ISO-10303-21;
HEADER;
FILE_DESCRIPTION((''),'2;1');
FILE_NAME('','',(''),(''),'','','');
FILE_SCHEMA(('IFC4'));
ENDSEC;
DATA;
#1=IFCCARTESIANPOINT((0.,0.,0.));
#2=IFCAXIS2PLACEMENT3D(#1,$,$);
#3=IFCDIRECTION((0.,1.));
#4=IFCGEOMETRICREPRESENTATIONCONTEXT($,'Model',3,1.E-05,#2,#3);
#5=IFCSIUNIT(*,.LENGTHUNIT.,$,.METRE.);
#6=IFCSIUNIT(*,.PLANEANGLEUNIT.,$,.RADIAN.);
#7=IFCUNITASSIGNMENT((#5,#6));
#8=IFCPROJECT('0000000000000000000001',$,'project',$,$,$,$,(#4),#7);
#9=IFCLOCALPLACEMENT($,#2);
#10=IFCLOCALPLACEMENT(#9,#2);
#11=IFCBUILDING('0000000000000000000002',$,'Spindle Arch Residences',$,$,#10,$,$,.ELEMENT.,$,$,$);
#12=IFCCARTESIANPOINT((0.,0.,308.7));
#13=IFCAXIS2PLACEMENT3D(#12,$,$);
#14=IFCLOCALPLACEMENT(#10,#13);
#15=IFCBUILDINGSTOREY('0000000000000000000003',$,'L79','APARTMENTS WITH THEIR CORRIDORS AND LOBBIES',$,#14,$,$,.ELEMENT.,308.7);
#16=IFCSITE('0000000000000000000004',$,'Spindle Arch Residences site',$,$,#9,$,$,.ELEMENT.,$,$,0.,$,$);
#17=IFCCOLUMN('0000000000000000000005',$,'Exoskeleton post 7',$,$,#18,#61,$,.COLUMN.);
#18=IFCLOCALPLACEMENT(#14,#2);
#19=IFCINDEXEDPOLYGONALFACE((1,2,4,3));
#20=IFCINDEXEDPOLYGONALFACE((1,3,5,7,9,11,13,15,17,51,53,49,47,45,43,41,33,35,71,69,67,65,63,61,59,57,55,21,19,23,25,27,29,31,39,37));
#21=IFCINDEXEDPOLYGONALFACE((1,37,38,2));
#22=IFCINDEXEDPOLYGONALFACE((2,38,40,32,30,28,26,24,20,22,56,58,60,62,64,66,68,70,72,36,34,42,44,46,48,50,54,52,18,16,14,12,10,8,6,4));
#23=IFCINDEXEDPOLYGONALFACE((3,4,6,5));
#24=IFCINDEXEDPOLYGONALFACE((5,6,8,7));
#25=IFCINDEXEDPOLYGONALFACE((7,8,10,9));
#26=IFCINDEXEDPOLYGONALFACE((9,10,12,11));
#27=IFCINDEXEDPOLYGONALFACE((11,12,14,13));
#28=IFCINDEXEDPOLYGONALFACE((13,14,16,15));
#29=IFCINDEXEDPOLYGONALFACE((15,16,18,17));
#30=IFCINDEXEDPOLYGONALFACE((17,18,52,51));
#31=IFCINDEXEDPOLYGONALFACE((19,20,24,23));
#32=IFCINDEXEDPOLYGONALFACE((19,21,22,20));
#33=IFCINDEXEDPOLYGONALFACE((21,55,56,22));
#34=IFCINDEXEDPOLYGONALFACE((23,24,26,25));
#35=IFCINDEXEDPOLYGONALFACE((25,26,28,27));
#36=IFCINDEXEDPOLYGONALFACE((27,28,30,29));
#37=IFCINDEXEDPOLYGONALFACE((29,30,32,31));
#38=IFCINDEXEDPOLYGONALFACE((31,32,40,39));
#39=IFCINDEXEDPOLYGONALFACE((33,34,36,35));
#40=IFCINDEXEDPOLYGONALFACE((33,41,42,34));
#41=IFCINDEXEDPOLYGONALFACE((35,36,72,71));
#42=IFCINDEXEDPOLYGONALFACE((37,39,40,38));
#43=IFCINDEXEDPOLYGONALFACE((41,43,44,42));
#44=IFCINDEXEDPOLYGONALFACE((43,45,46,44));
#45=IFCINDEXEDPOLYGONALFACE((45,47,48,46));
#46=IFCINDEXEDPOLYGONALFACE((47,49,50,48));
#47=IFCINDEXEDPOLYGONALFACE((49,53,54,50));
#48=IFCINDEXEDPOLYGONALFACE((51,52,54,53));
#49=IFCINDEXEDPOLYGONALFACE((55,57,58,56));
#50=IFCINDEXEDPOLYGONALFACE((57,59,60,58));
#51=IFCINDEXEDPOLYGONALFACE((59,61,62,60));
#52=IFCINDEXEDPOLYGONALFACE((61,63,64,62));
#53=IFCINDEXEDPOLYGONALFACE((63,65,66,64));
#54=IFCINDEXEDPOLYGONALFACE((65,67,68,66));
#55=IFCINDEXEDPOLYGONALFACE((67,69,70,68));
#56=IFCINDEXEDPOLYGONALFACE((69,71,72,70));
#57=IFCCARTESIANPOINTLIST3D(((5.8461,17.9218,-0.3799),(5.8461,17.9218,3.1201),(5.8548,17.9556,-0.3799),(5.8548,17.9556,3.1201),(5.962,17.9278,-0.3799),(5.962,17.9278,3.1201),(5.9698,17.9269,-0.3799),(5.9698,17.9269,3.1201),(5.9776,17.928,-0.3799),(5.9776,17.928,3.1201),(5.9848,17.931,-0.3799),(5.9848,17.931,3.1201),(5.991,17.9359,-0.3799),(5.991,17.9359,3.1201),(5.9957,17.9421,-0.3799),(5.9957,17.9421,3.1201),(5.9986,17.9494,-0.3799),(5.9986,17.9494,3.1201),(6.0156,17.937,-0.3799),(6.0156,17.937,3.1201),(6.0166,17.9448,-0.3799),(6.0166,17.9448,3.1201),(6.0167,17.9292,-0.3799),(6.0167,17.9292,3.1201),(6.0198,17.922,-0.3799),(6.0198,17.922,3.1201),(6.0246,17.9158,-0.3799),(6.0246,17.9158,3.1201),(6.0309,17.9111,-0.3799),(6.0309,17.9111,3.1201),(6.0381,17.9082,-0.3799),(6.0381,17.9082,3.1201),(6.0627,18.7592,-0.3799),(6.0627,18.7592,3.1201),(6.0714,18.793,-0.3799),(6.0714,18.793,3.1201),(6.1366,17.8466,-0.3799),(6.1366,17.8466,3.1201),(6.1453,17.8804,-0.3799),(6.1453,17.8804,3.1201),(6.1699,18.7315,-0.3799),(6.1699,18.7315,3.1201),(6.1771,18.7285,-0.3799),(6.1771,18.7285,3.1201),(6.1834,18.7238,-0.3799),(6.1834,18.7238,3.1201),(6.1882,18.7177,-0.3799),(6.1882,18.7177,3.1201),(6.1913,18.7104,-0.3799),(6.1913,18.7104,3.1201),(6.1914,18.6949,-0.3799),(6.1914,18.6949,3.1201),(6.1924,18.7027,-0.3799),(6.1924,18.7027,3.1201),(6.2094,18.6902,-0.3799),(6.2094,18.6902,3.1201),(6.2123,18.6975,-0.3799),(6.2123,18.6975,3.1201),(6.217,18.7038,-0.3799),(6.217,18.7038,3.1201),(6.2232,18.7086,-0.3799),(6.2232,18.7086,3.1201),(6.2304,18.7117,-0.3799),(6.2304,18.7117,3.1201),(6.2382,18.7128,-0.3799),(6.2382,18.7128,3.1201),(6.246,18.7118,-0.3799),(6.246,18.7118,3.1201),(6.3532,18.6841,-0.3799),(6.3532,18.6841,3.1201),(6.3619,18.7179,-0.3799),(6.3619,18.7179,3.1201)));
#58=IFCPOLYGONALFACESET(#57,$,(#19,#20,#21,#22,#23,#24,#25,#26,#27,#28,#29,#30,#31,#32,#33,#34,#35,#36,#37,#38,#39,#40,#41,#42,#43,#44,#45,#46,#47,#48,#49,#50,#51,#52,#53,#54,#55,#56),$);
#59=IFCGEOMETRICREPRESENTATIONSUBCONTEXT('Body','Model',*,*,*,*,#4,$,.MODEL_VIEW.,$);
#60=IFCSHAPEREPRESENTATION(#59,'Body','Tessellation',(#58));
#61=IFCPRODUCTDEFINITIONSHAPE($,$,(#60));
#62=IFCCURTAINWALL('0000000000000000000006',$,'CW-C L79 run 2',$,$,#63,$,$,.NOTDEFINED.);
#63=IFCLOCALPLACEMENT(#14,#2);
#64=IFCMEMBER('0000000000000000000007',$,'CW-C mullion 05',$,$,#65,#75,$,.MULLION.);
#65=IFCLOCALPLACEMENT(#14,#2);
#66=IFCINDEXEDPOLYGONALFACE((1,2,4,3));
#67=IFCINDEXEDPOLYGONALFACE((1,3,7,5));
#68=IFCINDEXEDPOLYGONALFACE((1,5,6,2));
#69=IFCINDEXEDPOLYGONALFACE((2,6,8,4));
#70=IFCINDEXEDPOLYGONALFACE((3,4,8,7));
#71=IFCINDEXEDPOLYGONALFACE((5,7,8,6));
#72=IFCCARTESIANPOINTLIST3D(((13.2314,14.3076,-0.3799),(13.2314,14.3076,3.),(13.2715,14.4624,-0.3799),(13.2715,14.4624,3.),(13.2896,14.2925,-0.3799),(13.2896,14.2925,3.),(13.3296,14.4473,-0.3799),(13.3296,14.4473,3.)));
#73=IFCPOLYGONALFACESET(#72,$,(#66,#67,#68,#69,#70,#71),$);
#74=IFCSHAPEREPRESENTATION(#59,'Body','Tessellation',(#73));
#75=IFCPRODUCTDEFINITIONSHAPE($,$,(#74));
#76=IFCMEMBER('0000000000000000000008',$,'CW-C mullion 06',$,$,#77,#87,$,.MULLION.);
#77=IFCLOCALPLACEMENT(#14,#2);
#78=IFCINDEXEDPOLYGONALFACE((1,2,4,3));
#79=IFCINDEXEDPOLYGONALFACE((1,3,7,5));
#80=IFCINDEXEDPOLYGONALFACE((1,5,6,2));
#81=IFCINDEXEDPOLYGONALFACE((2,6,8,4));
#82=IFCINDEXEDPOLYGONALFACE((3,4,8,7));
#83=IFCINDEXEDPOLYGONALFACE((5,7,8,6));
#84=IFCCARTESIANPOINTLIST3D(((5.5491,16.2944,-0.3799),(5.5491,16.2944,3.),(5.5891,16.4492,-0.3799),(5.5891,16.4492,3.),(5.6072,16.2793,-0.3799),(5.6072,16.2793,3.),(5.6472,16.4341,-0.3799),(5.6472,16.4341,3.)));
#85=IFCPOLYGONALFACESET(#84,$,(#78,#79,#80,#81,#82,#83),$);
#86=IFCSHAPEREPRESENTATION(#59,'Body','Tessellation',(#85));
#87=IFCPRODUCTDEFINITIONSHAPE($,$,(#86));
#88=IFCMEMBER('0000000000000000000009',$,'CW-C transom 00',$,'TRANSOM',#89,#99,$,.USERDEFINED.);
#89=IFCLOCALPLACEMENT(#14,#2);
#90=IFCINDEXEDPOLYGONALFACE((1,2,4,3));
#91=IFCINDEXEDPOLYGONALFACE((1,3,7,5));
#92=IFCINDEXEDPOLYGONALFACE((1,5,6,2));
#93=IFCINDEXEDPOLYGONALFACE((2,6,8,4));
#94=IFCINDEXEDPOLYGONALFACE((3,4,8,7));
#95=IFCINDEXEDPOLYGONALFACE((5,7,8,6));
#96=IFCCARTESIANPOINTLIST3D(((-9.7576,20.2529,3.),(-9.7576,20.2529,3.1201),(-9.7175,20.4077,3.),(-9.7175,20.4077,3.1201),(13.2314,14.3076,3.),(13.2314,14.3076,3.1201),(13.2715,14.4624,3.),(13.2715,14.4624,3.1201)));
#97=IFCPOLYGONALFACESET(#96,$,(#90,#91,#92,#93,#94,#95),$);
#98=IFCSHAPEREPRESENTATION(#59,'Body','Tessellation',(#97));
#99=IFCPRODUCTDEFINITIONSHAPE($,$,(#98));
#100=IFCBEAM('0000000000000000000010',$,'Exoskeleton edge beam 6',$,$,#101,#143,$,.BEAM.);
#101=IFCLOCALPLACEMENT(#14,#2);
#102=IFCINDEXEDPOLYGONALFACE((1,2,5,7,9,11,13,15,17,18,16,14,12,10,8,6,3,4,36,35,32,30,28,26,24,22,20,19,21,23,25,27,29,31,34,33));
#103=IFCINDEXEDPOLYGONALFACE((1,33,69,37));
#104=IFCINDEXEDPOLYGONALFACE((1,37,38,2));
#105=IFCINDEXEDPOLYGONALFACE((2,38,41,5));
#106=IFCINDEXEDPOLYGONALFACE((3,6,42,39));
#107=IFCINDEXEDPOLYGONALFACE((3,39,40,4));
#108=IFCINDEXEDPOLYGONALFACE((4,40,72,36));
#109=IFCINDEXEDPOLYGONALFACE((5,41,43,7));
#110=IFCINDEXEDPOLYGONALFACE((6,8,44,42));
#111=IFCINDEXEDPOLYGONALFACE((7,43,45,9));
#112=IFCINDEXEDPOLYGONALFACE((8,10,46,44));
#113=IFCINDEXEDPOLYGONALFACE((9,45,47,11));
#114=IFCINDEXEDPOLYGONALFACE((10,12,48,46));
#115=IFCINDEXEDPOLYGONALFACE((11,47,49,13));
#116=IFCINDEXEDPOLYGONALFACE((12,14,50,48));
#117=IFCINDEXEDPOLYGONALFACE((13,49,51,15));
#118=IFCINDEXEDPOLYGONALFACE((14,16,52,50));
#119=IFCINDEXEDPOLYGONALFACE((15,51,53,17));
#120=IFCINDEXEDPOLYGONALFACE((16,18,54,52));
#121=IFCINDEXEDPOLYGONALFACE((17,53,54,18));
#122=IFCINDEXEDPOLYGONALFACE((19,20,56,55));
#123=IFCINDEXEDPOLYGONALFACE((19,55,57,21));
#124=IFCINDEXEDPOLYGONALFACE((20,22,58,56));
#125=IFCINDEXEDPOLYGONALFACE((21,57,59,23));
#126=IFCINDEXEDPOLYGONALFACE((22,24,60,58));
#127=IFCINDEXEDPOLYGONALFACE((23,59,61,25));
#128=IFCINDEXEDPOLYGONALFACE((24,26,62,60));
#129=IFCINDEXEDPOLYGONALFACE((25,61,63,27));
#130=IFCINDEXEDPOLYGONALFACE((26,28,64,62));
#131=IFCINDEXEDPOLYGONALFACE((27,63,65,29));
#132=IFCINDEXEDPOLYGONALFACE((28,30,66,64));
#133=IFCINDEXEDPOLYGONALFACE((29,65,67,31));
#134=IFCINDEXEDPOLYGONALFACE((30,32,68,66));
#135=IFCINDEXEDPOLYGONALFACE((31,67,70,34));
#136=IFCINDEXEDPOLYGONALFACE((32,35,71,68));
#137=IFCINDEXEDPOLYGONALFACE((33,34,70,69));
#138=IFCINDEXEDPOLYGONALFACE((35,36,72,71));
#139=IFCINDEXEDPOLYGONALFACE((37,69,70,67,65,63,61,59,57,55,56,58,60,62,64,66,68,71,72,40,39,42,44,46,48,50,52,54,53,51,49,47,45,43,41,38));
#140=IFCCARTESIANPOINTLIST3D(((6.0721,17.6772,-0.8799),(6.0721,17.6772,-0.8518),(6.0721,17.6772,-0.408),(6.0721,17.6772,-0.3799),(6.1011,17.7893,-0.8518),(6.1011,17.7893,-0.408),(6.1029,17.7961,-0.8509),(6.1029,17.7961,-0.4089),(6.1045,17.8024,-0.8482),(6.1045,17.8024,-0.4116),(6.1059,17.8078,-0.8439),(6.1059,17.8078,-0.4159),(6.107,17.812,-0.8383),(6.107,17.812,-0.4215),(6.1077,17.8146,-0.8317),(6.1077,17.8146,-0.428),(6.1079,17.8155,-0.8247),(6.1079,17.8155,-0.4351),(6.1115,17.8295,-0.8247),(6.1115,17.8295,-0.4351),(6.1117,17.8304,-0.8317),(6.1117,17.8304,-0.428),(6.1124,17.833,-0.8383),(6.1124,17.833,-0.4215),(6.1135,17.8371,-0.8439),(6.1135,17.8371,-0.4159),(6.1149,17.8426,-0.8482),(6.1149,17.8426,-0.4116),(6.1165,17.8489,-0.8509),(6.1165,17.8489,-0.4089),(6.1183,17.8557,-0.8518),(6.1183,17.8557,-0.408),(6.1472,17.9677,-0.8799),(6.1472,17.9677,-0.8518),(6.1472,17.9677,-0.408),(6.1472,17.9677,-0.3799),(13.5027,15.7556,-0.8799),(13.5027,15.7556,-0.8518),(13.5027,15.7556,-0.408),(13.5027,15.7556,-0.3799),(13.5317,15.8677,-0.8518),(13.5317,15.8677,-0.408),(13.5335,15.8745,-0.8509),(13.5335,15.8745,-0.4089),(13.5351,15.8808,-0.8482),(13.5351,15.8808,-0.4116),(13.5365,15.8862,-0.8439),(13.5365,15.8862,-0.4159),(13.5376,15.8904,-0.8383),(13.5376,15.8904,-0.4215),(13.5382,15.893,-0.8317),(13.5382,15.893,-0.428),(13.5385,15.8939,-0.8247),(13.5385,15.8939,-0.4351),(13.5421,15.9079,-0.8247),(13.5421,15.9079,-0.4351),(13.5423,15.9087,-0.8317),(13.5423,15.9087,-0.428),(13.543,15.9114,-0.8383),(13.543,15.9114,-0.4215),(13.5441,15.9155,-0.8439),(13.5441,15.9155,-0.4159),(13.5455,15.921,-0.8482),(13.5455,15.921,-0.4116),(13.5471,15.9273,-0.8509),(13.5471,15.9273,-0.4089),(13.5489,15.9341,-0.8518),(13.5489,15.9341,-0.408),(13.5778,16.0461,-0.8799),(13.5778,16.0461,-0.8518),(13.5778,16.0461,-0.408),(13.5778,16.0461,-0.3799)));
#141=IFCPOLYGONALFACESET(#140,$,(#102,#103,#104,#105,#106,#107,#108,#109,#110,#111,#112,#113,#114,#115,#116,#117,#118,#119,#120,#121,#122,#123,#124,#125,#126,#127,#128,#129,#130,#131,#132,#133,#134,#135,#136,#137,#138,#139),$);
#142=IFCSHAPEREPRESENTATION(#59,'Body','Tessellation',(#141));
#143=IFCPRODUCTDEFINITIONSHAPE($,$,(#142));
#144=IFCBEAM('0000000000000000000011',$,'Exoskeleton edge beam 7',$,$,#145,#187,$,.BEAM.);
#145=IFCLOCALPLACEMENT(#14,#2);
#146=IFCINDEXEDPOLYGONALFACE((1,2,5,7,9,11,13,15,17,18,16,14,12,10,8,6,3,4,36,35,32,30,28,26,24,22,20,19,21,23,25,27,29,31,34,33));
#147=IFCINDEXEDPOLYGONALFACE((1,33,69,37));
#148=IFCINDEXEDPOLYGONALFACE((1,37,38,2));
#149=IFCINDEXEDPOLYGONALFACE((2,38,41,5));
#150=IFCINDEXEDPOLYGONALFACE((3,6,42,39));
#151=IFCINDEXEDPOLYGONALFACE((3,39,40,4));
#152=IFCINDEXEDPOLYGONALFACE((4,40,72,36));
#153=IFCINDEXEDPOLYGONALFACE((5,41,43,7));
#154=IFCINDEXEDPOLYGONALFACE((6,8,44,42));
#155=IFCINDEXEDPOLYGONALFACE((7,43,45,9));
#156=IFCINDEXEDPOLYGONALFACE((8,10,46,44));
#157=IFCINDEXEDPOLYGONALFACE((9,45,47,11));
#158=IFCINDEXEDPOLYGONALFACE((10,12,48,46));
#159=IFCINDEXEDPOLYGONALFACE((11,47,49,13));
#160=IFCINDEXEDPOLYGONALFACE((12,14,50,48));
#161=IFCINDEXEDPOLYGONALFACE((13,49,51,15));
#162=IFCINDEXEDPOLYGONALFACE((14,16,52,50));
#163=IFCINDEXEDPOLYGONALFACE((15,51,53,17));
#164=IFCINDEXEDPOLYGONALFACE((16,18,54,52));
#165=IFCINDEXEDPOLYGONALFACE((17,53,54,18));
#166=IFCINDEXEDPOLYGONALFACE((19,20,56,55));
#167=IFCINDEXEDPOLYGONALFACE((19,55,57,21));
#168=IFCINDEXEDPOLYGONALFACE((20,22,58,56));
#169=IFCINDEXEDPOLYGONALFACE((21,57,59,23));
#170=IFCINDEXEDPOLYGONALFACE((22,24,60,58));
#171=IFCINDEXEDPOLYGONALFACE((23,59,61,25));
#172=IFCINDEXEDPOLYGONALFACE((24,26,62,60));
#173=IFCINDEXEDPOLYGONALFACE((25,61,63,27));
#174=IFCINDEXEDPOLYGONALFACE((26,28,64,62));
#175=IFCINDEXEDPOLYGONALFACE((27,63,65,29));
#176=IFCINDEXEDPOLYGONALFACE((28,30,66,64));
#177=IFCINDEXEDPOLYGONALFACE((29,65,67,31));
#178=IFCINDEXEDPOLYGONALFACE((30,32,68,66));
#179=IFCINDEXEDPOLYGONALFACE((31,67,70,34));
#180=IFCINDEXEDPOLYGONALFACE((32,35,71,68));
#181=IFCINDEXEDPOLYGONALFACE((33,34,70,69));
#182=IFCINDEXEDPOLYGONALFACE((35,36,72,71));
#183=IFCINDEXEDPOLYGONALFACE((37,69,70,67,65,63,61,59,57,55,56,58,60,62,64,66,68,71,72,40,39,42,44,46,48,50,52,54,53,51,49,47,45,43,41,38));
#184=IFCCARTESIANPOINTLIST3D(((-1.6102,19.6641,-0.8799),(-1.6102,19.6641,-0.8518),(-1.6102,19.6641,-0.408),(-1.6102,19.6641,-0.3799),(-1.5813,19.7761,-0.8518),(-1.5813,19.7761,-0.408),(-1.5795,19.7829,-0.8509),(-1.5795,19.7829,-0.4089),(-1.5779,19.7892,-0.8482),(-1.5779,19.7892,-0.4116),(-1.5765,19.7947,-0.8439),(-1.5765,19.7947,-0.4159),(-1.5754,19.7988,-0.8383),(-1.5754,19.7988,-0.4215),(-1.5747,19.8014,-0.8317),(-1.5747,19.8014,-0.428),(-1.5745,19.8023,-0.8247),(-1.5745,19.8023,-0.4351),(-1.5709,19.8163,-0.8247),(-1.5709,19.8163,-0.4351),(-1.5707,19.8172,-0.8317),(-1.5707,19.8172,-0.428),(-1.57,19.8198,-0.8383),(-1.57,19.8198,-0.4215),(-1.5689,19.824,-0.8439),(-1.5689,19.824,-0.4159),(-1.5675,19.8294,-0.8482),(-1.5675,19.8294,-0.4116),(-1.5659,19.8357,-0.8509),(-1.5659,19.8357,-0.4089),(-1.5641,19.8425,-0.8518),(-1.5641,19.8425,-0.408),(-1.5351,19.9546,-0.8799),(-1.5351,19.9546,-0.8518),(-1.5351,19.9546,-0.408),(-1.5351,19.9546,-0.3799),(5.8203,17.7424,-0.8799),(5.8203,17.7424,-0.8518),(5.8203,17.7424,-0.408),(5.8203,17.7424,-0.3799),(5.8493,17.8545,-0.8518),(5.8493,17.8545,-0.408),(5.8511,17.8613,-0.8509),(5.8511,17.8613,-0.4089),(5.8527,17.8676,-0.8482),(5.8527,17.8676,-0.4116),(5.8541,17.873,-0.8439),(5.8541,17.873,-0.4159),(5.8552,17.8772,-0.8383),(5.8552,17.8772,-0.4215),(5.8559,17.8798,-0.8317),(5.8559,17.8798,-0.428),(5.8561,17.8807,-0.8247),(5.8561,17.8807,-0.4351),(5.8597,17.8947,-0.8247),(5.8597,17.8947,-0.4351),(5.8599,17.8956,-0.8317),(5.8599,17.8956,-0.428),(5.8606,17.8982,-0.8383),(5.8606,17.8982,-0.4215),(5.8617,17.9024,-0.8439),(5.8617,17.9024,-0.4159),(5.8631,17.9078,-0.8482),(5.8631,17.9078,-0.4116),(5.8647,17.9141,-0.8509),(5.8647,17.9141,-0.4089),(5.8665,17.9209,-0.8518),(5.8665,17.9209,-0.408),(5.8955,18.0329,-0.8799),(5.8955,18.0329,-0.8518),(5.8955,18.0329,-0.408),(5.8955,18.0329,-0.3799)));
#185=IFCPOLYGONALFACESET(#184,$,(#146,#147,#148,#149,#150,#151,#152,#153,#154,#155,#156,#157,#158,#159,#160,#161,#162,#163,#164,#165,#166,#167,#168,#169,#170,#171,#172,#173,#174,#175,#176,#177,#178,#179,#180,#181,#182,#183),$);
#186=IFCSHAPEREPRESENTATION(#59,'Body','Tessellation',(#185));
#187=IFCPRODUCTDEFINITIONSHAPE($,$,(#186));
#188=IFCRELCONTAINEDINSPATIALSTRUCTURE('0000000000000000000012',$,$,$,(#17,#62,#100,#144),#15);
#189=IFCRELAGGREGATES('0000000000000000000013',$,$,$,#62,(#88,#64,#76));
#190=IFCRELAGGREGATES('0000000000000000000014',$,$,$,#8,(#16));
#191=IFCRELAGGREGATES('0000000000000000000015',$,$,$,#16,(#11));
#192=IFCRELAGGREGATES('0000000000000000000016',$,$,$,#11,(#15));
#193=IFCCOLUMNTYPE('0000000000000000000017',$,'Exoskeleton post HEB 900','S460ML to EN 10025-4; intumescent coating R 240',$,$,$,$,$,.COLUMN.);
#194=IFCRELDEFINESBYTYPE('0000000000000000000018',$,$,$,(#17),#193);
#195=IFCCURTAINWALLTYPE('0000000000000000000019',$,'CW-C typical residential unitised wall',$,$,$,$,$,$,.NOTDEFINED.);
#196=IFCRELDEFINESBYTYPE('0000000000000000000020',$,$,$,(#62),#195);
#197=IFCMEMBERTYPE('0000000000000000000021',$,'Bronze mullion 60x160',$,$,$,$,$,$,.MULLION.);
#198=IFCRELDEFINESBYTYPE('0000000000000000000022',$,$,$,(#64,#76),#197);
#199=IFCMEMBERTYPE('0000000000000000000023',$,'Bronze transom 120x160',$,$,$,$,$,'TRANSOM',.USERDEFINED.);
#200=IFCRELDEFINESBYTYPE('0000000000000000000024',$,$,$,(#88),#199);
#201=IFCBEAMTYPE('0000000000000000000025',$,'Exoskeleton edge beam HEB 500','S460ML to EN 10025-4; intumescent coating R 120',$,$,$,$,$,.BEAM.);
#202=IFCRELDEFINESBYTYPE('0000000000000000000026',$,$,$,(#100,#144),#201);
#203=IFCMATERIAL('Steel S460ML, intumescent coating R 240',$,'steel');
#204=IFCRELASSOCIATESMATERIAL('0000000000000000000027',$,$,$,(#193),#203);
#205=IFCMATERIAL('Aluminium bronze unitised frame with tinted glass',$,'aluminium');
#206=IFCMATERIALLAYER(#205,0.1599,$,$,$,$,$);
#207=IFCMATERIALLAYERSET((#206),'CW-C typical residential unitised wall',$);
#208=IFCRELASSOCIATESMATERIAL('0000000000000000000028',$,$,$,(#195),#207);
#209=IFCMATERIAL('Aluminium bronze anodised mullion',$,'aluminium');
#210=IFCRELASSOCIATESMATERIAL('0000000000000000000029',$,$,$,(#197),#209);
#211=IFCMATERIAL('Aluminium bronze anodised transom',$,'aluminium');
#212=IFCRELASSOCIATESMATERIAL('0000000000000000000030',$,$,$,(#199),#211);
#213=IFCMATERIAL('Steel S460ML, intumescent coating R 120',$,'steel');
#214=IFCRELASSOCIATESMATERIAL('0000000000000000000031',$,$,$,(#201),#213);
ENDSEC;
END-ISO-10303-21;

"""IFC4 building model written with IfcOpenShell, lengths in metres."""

from ifc_helpers import new_model, si_unit, direction, frame, origin, origin_2d, place, context, subcontext, project, spatial, rectangle, i_section, extrude, material, layer, layer_set, material_profile, profile_set, type_object, element, aggregate, save


model = new_model("IFC4")

# Units and contexts
model_context = context("Model", 3, precision=1e-05, world=origin(), true_north=direction((0.0, 1.0)))
body_context = subcontext(model_context, "Body", "Model", "MODEL_VIEW")
ifc_project = project(units=[si_unit("LENGTHUNIT", "METRE"), si_unit("PLANEANGLEUNIT", "RADIAN")], contexts=[model_context])

# Site, building, storey
site_placement = place(None, origin())
site = spatial("IfcSite", under=ifc_project, at=site_placement, Name="Spindle Arch Residences site", CompositionType="ELEMENT", RefElevation=0.0)
building_placement = place(site_placement, origin())
building = spatial("IfcBuilding", under=site, at=building_placement, Name="Spindle Arch Residences", CompositionType="ELEMENT")
storey_placement = place(building_placement, frame((0.0, 0.0, 308.7)))
storey = spatial("IfcBuildingStorey", under=building, at=storey_placement, Name="L79", Description="APARTMENTS WITH THEIR CORRIDORS AND LOBBIES", CompositionType="ELEMENT", Elevation=308.7)

# Column
ifc_material_1 = material(Name="Steel S460ML, intumescent coating R 240", Category="steel")
ifc_material_profile_1 = material_profile(ifc_material_1, i_section(OverallWidth=0.3, OverallDepth=0.8999, WebThickness=0.0186, FlangeThickness=0.0349, FilletRadius=0.03, at=origin_2d()), Name="HEB 900")
ifc_profile_set_1 = profile_set([ifc_material_profile_1], Name="Steel S460ML, intumescent coating R 240")
column_type = type_object("IfcColumnType", Name="Exoskeleton post HEB 900", Description="S460ML to EN 10025-4; intumescent coating R 240", PredefinedType="COLUMN", material=ifc_profile_set_1)
column_placement = place(storey_placement, frame((6.104, 18.3198, -0.3799), z_axis=(0.0, 0.0, 1.0), x_axis=(0.968148, -0.25038, 0.0)))
element("IfcColumn", 1, at=column_placement, inside=storey, type_object=column_type, Name="Exoskeleton post 7", PredefinedType="COLUMN", context=body_context, shape_type="SweptSolid", body=[
    extrude(i_section(OverallWidth=0.3, OverallDepth=0.8999, WebThickness=0.0186, FlangeThickness=0.0349, FilletRadius=0.03, at=origin_2d()), origin(), (0.0, 0.0, 1.0), 3.5),
])

# Curtain wall, members
ifc_material_2 = material(Name="Aluminium bronze unitised frame with tinted glass", Category="aluminium")
ifc_layer_1 = layer(ifc_material_2, 0.1599)
ifc_layer_set_1 = layer_set([ifc_layer_1], Name="CW-C typical residential unitised wall")
curtain_wall_type = type_object("IfcCurtainWallType", Name="CW-C typical residential unitised wall", PredefinedType="NOTDEFINED", material=ifc_layer_set_1)
curtain_wall_placement = place(storey_placement, origin())
curtain_wall = element("IfcCurtainWall", 2, at=curtain_wall_placement, inside=storey, type_object=curtain_wall_type, Name="CW-C L79 run 2", PredefinedType="NOTDEFINED")
ifc_material_3 = material(Name="Aluminium bronze anodised mullion", Category="aluminium")
ifc_material_profile_2 = material_profile(ifc_material_3, rectangle(XDim=0.1599, YDim=0.0601, at=origin_2d()), Name="MU 60x160")
ifc_profile_set_2 = profile_set([ifc_material_profile_2], Name="Aluminium bronze anodised mullion")
member_type_1 = type_object("IfcMemberType", Name="Bronze mullion 60x160", PredefinedType="MULLION", material=ifc_profile_set_2)
member_1_placement = place(storey_placement, frame((13.2805, 14.3774, -0.3799), z_axis=(0.0, 0.0, 1.0), x_axis=(-0.25038, -0.968148, 0.0)))
member_1 = element("IfcMember", 3, at=member_1_placement, type_object=member_type_1, Name="CW-C mullion 05", PredefinedType="MULLION", context=body_context, shape_type="SweptSolid", body=[
    extrude(rectangle(XDim=0.1599, YDim=0.0601, at=origin_2d()), origin(), (0.0, 0.0, 1.0), 3.3799),
])
member_2_placement = place(storey_placement, frame((5.5981, 16.3643, -0.3799), z_axis=(0.0, 0.0, 1.0), x_axis=(-0.25038, -0.968148, 0.0)))
member_2 = element("IfcMember", 4, at=member_2_placement, type_object=member_type_1, Name="CW-C mullion 06", PredefinedType="MULLION", context=body_context, shape_type="SweptSolid", body=[
    extrude(rectangle(XDim=0.1599, YDim=0.0601, at=origin_2d()), origin(), (0.0, 0.0, 1.0), 3.3799),
])
ifc_material_4 = material(Name="Aluminium bronze anodised transom", Category="aluminium")
ifc_material_profile_3 = material_profile(ifc_material_4, rectangle(XDim=0.1599, YDim=0.1201, at=origin_2d()), Name="TR 120x160")
ifc_profile_set_3 = profile_set([ifc_material_profile_3], Name="Aluminium bronze anodised transom")
member_type_2 = type_object("IfcMemberType", Name="Bronze transom 120x160", ElementType="TRANSOM", PredefinedType="USERDEFINED", material=ifc_profile_set_3)
member_3_placement = place(storey_placement, frame((13.2515, 14.385, 3.0601), z_axis=(-0.968148, 0.250378, 0.0), x_axis=(-0.250378, -0.968148, 0.0)))
member_3 = element("IfcMember", 5, at=member_3_placement, type_object=member_type_2, Name="CW-C transom 00", ObjectType="TRANSOM", PredefinedType="USERDEFINED", context=body_context, shape_type="SweptSolid", body=[
    extrude(rectangle(XDim=0.1599, YDim=0.1201, at=origin_2d()), origin(), (0.0, 0.0, 1.0), 23.7454),
])

# Beams
ifc_material_5 = material(Name="Steel S460ML, intumescent coating R 120", Category="steel")
ifc_material_profile_4 = material_profile(ifc_material_5, i_section(OverallWidth=0.3, OverallDepth=0.5, WebThickness=0.0144, FlangeThickness=0.0281, FilletRadius=0.0271, at=origin_2d()), Name="HEB 500")
ifc_profile_set_4 = profile_set([ifc_material_profile_4], Name="Steel S460ML, intumescent coating R 120")
beam_type_1 = type_object("IfcBeamType", Name="Exoskeleton edge beam HEB 500", Description="S460ML to EN 10025-4; intumescent coating R 120", PredefinedType="BEAM", material=ifc_profile_set_4)
for number, where, z_axis, x_axis, name in (
    (6, (13.5403, 15.9009, -0.6299), (-0.96815, 0.250372, 0.0), (-0.250372, -0.96815, 0.0), "Exoskeleton edge beam 6"),
    (7, (5.8579, 17.8877, -0.6299), (-0.96815, 0.250372, 0.0), (-0.250372, -0.96815, 0.0), "Exoskeleton edge beam 7"),
):
    element("IfcBeam", number, at=place(storey_placement, frame(where, z_axis=z_axis, x_axis=x_axis)), inside=storey, type_object=beam_type_1, Name=name, PredefinedType="BEAM", context=body_context, shape_type="SweptSolid", body=[
        extrude(i_section(OverallWidth=0.3, OverallDepth=0.5, WebThickness=0.0144, FlangeThickness=0.0281, FilletRadius=0.0271, at=origin_2d()), origin(), (0.0, 0.0, 1.0), 7.675),
    ])

aggregate(curtain_wall, [member_3, member_1, member_2])

save(model, "model.ifc")
